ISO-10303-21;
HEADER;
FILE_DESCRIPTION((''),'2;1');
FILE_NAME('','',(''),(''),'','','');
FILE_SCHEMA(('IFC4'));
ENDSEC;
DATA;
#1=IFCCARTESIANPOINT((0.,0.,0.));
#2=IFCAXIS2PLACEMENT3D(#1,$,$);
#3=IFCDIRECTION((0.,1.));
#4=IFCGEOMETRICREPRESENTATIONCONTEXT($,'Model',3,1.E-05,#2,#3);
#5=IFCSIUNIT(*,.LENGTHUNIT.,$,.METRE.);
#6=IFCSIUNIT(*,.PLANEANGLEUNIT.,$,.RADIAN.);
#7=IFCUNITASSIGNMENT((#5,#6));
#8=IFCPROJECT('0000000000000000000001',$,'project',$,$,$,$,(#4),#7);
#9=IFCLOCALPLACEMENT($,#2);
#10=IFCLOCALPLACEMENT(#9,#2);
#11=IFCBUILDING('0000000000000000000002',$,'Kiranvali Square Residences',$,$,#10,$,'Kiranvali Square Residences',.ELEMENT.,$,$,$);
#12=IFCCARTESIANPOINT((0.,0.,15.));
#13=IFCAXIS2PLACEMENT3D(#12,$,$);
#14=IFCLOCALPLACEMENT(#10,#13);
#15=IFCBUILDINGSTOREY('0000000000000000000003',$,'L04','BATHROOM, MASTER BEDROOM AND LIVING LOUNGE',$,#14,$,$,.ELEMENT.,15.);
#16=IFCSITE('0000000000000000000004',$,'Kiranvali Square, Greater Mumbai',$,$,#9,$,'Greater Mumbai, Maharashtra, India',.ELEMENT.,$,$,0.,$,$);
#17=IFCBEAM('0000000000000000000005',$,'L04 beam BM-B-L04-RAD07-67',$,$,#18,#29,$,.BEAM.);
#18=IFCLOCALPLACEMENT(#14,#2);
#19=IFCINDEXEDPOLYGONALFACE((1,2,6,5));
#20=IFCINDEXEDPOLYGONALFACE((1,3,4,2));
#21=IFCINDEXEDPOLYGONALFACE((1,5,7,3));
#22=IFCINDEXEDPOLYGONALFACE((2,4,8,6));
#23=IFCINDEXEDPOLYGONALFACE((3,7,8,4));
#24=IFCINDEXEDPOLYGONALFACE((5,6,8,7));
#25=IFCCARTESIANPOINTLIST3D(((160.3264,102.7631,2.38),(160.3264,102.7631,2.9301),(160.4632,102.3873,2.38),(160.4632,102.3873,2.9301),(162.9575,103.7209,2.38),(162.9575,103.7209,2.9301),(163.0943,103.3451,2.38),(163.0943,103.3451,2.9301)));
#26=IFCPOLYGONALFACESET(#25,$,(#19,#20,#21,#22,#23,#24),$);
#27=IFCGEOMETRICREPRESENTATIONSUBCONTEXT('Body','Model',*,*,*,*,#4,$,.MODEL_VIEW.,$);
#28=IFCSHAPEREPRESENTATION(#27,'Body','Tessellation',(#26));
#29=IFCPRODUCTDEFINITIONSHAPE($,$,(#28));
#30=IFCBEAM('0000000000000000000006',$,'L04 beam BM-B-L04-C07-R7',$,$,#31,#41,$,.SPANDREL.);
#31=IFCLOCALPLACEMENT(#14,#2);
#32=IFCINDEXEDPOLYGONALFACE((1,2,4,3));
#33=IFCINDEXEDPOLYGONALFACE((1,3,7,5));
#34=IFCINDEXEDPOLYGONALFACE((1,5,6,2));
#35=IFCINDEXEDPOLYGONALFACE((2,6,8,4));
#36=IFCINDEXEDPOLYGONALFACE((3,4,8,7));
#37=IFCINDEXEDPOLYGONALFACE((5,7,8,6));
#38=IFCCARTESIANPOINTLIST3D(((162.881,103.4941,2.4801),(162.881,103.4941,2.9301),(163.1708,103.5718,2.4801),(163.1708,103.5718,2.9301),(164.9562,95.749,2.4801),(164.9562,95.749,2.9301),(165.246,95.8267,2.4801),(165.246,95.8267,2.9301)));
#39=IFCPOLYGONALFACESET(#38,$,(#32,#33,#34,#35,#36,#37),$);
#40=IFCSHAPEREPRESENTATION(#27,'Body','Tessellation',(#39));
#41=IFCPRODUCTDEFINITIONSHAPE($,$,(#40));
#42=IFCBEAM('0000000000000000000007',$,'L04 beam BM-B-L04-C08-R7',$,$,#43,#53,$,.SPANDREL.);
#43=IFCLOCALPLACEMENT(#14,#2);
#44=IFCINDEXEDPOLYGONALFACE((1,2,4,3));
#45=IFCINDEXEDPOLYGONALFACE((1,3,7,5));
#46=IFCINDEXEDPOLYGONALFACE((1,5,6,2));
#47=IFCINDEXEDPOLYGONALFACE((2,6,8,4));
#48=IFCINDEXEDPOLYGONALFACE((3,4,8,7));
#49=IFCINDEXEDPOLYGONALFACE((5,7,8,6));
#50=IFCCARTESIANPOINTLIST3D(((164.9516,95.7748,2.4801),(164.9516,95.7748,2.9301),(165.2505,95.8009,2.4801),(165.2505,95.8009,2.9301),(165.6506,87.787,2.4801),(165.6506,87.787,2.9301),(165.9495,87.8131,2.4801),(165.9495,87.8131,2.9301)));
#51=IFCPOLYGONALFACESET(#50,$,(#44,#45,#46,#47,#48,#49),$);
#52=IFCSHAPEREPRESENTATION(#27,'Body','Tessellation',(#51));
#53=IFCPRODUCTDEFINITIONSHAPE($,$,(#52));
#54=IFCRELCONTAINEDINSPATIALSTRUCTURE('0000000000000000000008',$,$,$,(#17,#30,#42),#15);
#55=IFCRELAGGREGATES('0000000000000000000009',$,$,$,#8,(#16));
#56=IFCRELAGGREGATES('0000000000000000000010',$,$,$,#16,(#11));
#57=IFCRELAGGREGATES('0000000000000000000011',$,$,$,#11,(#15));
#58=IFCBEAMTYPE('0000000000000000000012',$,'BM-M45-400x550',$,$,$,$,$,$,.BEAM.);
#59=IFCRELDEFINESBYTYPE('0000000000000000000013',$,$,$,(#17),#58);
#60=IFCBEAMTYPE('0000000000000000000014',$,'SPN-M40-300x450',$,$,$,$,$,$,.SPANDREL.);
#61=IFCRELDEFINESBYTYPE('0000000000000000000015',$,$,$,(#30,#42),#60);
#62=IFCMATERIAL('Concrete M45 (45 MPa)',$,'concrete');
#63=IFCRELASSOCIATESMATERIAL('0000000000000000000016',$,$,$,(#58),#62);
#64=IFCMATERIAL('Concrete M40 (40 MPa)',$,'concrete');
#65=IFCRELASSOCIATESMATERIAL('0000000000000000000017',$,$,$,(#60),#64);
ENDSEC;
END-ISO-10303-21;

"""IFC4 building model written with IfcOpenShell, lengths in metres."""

from ifc_helpers import new_model, si_unit, direction, frame, origin, origin_2d, place, context, subcontext, project, spatial, rectangle, extrude, material, material_profile, profile_set, type_object, element, save


model = new_model("IFC4")

# Units and contexts
model_context = context("Model", 3, precision=1e-05, world=origin(), true_north=direction((0.0, 1.0)))
body_context = subcontext(model_context, "Body", "Model", "MODEL_VIEW")
ifc_project = project(units=[si_unit("LENGTHUNIT", "METRE"), si_unit("PLANEANGLEUNIT", "RADIAN")], contexts=[model_context])

# Site, building, storey
site_placement = place(None, origin())
site = spatial("IfcSite", under=ifc_project, at=site_placement, Name="Kiranvali Square, Greater Mumbai", LongName="Greater Mumbai, Maharashtra, India", CompositionType="ELEMENT", RefElevation=0.0)
building_placement = place(site_placement, origin())
building = spatial("IfcBuilding", under=site, at=building_placement, Name="Kiranvali Square Residences", LongName="Kiranvali Square Residences", CompositionType="ELEMENT")
storey_placement = place(building_placement, frame((0.0, 0.0, 15.0)))
storey = spatial("IfcBuildingStorey", under=building, at=storey_placement, Name="L04", Description="BATHROOM, MASTER BEDROOM AND LIVING LOUNGE", CompositionType="ELEMENT", Elevation=15.0)

# Beams
ifc_material_1 = material(Name="Concrete M45 (45 MPa)", Category="concrete")
ifc_material_profile_1 = material_profile(ifc_material_1, rectangle(XDim=0.3999, YDim=0.55, at=origin_2d()), Name="RC 400x550")
ifc_profile_set_1 = profile_set([ifc_material_profile_1], Name="Concrete M45 (45 MPa)")
beam_type_1 = type_object("IfcBeamType", Name="BM-M45-400x550", PredefinedType="BEAM", material=ifc_profile_set_1)
beam_1_placement = place(storey_placement, frame((160.3948, 102.5752, 2.655), z_axis=(0.939679, 0.342058, 0.0), x_axis=(-0.342058, 0.939679, 0.0)))
element("IfcBeam", 1, at=beam_1_placement, inside=storey, type_object=beam_type_1, Name="L04 beam BM-B-L04-RAD07-67", PredefinedType="BEAM", context=body_context, shape_type="SweptSolid", body=[
    extrude(rectangle(XDim=0.3999, YDim=0.55, at=origin_2d()), origin(), (0.0, 0.0, 1.0), 2.8),
])
ifc_material_2 = material(Name="Concrete M40 (40 MPa)", Category="concrete")
ifc_material_profile_2 = material_profile(ifc_material_2, rectangle(XDim=0.3, YDim=0.45, at=origin_2d()), Name="RC 300x450")
ifc_profile_set_2 = profile_set([ifc_material_profile_2], Name="Concrete M40 (40 MPa)")
beam_type_2 = type_object("IfcBeamType", Name="SPN-M40-300x450", PredefinedType="SPANDREL", material=ifc_profile_set_2)
for number, where, z_axis, x_axis, name in (
    (2, (163.0259, 103.533, 2.7051), (0.258807, -0.965929, 0.0), (0.965929, 0.258807, 0.0), "L04 beam BM-B-L04-C07-R7"),
    (3, (165.1011, 95.7878, 2.7051), (0.087172, -0.996193, 0.0), (0.996193, 0.087172, 0.0), "L04 beam BM-B-L04-C08-R7"),
):
    element("IfcBeam", number, at=place(storey_placement, frame(where, z_axis=z_axis, x_axis=x_axis)), inside=storey, type_object=beam_type_2, Name=name, PredefinedType="SPANDREL", context=body_context, shape_type="SweptSolid", body=[
        extrude(rectangle(XDim=0.3, YDim=0.45, at=origin_2d()), origin(), (0.0, 0.0, 1.0), 8.0183),
    ])

save(model, "model.ifc")
